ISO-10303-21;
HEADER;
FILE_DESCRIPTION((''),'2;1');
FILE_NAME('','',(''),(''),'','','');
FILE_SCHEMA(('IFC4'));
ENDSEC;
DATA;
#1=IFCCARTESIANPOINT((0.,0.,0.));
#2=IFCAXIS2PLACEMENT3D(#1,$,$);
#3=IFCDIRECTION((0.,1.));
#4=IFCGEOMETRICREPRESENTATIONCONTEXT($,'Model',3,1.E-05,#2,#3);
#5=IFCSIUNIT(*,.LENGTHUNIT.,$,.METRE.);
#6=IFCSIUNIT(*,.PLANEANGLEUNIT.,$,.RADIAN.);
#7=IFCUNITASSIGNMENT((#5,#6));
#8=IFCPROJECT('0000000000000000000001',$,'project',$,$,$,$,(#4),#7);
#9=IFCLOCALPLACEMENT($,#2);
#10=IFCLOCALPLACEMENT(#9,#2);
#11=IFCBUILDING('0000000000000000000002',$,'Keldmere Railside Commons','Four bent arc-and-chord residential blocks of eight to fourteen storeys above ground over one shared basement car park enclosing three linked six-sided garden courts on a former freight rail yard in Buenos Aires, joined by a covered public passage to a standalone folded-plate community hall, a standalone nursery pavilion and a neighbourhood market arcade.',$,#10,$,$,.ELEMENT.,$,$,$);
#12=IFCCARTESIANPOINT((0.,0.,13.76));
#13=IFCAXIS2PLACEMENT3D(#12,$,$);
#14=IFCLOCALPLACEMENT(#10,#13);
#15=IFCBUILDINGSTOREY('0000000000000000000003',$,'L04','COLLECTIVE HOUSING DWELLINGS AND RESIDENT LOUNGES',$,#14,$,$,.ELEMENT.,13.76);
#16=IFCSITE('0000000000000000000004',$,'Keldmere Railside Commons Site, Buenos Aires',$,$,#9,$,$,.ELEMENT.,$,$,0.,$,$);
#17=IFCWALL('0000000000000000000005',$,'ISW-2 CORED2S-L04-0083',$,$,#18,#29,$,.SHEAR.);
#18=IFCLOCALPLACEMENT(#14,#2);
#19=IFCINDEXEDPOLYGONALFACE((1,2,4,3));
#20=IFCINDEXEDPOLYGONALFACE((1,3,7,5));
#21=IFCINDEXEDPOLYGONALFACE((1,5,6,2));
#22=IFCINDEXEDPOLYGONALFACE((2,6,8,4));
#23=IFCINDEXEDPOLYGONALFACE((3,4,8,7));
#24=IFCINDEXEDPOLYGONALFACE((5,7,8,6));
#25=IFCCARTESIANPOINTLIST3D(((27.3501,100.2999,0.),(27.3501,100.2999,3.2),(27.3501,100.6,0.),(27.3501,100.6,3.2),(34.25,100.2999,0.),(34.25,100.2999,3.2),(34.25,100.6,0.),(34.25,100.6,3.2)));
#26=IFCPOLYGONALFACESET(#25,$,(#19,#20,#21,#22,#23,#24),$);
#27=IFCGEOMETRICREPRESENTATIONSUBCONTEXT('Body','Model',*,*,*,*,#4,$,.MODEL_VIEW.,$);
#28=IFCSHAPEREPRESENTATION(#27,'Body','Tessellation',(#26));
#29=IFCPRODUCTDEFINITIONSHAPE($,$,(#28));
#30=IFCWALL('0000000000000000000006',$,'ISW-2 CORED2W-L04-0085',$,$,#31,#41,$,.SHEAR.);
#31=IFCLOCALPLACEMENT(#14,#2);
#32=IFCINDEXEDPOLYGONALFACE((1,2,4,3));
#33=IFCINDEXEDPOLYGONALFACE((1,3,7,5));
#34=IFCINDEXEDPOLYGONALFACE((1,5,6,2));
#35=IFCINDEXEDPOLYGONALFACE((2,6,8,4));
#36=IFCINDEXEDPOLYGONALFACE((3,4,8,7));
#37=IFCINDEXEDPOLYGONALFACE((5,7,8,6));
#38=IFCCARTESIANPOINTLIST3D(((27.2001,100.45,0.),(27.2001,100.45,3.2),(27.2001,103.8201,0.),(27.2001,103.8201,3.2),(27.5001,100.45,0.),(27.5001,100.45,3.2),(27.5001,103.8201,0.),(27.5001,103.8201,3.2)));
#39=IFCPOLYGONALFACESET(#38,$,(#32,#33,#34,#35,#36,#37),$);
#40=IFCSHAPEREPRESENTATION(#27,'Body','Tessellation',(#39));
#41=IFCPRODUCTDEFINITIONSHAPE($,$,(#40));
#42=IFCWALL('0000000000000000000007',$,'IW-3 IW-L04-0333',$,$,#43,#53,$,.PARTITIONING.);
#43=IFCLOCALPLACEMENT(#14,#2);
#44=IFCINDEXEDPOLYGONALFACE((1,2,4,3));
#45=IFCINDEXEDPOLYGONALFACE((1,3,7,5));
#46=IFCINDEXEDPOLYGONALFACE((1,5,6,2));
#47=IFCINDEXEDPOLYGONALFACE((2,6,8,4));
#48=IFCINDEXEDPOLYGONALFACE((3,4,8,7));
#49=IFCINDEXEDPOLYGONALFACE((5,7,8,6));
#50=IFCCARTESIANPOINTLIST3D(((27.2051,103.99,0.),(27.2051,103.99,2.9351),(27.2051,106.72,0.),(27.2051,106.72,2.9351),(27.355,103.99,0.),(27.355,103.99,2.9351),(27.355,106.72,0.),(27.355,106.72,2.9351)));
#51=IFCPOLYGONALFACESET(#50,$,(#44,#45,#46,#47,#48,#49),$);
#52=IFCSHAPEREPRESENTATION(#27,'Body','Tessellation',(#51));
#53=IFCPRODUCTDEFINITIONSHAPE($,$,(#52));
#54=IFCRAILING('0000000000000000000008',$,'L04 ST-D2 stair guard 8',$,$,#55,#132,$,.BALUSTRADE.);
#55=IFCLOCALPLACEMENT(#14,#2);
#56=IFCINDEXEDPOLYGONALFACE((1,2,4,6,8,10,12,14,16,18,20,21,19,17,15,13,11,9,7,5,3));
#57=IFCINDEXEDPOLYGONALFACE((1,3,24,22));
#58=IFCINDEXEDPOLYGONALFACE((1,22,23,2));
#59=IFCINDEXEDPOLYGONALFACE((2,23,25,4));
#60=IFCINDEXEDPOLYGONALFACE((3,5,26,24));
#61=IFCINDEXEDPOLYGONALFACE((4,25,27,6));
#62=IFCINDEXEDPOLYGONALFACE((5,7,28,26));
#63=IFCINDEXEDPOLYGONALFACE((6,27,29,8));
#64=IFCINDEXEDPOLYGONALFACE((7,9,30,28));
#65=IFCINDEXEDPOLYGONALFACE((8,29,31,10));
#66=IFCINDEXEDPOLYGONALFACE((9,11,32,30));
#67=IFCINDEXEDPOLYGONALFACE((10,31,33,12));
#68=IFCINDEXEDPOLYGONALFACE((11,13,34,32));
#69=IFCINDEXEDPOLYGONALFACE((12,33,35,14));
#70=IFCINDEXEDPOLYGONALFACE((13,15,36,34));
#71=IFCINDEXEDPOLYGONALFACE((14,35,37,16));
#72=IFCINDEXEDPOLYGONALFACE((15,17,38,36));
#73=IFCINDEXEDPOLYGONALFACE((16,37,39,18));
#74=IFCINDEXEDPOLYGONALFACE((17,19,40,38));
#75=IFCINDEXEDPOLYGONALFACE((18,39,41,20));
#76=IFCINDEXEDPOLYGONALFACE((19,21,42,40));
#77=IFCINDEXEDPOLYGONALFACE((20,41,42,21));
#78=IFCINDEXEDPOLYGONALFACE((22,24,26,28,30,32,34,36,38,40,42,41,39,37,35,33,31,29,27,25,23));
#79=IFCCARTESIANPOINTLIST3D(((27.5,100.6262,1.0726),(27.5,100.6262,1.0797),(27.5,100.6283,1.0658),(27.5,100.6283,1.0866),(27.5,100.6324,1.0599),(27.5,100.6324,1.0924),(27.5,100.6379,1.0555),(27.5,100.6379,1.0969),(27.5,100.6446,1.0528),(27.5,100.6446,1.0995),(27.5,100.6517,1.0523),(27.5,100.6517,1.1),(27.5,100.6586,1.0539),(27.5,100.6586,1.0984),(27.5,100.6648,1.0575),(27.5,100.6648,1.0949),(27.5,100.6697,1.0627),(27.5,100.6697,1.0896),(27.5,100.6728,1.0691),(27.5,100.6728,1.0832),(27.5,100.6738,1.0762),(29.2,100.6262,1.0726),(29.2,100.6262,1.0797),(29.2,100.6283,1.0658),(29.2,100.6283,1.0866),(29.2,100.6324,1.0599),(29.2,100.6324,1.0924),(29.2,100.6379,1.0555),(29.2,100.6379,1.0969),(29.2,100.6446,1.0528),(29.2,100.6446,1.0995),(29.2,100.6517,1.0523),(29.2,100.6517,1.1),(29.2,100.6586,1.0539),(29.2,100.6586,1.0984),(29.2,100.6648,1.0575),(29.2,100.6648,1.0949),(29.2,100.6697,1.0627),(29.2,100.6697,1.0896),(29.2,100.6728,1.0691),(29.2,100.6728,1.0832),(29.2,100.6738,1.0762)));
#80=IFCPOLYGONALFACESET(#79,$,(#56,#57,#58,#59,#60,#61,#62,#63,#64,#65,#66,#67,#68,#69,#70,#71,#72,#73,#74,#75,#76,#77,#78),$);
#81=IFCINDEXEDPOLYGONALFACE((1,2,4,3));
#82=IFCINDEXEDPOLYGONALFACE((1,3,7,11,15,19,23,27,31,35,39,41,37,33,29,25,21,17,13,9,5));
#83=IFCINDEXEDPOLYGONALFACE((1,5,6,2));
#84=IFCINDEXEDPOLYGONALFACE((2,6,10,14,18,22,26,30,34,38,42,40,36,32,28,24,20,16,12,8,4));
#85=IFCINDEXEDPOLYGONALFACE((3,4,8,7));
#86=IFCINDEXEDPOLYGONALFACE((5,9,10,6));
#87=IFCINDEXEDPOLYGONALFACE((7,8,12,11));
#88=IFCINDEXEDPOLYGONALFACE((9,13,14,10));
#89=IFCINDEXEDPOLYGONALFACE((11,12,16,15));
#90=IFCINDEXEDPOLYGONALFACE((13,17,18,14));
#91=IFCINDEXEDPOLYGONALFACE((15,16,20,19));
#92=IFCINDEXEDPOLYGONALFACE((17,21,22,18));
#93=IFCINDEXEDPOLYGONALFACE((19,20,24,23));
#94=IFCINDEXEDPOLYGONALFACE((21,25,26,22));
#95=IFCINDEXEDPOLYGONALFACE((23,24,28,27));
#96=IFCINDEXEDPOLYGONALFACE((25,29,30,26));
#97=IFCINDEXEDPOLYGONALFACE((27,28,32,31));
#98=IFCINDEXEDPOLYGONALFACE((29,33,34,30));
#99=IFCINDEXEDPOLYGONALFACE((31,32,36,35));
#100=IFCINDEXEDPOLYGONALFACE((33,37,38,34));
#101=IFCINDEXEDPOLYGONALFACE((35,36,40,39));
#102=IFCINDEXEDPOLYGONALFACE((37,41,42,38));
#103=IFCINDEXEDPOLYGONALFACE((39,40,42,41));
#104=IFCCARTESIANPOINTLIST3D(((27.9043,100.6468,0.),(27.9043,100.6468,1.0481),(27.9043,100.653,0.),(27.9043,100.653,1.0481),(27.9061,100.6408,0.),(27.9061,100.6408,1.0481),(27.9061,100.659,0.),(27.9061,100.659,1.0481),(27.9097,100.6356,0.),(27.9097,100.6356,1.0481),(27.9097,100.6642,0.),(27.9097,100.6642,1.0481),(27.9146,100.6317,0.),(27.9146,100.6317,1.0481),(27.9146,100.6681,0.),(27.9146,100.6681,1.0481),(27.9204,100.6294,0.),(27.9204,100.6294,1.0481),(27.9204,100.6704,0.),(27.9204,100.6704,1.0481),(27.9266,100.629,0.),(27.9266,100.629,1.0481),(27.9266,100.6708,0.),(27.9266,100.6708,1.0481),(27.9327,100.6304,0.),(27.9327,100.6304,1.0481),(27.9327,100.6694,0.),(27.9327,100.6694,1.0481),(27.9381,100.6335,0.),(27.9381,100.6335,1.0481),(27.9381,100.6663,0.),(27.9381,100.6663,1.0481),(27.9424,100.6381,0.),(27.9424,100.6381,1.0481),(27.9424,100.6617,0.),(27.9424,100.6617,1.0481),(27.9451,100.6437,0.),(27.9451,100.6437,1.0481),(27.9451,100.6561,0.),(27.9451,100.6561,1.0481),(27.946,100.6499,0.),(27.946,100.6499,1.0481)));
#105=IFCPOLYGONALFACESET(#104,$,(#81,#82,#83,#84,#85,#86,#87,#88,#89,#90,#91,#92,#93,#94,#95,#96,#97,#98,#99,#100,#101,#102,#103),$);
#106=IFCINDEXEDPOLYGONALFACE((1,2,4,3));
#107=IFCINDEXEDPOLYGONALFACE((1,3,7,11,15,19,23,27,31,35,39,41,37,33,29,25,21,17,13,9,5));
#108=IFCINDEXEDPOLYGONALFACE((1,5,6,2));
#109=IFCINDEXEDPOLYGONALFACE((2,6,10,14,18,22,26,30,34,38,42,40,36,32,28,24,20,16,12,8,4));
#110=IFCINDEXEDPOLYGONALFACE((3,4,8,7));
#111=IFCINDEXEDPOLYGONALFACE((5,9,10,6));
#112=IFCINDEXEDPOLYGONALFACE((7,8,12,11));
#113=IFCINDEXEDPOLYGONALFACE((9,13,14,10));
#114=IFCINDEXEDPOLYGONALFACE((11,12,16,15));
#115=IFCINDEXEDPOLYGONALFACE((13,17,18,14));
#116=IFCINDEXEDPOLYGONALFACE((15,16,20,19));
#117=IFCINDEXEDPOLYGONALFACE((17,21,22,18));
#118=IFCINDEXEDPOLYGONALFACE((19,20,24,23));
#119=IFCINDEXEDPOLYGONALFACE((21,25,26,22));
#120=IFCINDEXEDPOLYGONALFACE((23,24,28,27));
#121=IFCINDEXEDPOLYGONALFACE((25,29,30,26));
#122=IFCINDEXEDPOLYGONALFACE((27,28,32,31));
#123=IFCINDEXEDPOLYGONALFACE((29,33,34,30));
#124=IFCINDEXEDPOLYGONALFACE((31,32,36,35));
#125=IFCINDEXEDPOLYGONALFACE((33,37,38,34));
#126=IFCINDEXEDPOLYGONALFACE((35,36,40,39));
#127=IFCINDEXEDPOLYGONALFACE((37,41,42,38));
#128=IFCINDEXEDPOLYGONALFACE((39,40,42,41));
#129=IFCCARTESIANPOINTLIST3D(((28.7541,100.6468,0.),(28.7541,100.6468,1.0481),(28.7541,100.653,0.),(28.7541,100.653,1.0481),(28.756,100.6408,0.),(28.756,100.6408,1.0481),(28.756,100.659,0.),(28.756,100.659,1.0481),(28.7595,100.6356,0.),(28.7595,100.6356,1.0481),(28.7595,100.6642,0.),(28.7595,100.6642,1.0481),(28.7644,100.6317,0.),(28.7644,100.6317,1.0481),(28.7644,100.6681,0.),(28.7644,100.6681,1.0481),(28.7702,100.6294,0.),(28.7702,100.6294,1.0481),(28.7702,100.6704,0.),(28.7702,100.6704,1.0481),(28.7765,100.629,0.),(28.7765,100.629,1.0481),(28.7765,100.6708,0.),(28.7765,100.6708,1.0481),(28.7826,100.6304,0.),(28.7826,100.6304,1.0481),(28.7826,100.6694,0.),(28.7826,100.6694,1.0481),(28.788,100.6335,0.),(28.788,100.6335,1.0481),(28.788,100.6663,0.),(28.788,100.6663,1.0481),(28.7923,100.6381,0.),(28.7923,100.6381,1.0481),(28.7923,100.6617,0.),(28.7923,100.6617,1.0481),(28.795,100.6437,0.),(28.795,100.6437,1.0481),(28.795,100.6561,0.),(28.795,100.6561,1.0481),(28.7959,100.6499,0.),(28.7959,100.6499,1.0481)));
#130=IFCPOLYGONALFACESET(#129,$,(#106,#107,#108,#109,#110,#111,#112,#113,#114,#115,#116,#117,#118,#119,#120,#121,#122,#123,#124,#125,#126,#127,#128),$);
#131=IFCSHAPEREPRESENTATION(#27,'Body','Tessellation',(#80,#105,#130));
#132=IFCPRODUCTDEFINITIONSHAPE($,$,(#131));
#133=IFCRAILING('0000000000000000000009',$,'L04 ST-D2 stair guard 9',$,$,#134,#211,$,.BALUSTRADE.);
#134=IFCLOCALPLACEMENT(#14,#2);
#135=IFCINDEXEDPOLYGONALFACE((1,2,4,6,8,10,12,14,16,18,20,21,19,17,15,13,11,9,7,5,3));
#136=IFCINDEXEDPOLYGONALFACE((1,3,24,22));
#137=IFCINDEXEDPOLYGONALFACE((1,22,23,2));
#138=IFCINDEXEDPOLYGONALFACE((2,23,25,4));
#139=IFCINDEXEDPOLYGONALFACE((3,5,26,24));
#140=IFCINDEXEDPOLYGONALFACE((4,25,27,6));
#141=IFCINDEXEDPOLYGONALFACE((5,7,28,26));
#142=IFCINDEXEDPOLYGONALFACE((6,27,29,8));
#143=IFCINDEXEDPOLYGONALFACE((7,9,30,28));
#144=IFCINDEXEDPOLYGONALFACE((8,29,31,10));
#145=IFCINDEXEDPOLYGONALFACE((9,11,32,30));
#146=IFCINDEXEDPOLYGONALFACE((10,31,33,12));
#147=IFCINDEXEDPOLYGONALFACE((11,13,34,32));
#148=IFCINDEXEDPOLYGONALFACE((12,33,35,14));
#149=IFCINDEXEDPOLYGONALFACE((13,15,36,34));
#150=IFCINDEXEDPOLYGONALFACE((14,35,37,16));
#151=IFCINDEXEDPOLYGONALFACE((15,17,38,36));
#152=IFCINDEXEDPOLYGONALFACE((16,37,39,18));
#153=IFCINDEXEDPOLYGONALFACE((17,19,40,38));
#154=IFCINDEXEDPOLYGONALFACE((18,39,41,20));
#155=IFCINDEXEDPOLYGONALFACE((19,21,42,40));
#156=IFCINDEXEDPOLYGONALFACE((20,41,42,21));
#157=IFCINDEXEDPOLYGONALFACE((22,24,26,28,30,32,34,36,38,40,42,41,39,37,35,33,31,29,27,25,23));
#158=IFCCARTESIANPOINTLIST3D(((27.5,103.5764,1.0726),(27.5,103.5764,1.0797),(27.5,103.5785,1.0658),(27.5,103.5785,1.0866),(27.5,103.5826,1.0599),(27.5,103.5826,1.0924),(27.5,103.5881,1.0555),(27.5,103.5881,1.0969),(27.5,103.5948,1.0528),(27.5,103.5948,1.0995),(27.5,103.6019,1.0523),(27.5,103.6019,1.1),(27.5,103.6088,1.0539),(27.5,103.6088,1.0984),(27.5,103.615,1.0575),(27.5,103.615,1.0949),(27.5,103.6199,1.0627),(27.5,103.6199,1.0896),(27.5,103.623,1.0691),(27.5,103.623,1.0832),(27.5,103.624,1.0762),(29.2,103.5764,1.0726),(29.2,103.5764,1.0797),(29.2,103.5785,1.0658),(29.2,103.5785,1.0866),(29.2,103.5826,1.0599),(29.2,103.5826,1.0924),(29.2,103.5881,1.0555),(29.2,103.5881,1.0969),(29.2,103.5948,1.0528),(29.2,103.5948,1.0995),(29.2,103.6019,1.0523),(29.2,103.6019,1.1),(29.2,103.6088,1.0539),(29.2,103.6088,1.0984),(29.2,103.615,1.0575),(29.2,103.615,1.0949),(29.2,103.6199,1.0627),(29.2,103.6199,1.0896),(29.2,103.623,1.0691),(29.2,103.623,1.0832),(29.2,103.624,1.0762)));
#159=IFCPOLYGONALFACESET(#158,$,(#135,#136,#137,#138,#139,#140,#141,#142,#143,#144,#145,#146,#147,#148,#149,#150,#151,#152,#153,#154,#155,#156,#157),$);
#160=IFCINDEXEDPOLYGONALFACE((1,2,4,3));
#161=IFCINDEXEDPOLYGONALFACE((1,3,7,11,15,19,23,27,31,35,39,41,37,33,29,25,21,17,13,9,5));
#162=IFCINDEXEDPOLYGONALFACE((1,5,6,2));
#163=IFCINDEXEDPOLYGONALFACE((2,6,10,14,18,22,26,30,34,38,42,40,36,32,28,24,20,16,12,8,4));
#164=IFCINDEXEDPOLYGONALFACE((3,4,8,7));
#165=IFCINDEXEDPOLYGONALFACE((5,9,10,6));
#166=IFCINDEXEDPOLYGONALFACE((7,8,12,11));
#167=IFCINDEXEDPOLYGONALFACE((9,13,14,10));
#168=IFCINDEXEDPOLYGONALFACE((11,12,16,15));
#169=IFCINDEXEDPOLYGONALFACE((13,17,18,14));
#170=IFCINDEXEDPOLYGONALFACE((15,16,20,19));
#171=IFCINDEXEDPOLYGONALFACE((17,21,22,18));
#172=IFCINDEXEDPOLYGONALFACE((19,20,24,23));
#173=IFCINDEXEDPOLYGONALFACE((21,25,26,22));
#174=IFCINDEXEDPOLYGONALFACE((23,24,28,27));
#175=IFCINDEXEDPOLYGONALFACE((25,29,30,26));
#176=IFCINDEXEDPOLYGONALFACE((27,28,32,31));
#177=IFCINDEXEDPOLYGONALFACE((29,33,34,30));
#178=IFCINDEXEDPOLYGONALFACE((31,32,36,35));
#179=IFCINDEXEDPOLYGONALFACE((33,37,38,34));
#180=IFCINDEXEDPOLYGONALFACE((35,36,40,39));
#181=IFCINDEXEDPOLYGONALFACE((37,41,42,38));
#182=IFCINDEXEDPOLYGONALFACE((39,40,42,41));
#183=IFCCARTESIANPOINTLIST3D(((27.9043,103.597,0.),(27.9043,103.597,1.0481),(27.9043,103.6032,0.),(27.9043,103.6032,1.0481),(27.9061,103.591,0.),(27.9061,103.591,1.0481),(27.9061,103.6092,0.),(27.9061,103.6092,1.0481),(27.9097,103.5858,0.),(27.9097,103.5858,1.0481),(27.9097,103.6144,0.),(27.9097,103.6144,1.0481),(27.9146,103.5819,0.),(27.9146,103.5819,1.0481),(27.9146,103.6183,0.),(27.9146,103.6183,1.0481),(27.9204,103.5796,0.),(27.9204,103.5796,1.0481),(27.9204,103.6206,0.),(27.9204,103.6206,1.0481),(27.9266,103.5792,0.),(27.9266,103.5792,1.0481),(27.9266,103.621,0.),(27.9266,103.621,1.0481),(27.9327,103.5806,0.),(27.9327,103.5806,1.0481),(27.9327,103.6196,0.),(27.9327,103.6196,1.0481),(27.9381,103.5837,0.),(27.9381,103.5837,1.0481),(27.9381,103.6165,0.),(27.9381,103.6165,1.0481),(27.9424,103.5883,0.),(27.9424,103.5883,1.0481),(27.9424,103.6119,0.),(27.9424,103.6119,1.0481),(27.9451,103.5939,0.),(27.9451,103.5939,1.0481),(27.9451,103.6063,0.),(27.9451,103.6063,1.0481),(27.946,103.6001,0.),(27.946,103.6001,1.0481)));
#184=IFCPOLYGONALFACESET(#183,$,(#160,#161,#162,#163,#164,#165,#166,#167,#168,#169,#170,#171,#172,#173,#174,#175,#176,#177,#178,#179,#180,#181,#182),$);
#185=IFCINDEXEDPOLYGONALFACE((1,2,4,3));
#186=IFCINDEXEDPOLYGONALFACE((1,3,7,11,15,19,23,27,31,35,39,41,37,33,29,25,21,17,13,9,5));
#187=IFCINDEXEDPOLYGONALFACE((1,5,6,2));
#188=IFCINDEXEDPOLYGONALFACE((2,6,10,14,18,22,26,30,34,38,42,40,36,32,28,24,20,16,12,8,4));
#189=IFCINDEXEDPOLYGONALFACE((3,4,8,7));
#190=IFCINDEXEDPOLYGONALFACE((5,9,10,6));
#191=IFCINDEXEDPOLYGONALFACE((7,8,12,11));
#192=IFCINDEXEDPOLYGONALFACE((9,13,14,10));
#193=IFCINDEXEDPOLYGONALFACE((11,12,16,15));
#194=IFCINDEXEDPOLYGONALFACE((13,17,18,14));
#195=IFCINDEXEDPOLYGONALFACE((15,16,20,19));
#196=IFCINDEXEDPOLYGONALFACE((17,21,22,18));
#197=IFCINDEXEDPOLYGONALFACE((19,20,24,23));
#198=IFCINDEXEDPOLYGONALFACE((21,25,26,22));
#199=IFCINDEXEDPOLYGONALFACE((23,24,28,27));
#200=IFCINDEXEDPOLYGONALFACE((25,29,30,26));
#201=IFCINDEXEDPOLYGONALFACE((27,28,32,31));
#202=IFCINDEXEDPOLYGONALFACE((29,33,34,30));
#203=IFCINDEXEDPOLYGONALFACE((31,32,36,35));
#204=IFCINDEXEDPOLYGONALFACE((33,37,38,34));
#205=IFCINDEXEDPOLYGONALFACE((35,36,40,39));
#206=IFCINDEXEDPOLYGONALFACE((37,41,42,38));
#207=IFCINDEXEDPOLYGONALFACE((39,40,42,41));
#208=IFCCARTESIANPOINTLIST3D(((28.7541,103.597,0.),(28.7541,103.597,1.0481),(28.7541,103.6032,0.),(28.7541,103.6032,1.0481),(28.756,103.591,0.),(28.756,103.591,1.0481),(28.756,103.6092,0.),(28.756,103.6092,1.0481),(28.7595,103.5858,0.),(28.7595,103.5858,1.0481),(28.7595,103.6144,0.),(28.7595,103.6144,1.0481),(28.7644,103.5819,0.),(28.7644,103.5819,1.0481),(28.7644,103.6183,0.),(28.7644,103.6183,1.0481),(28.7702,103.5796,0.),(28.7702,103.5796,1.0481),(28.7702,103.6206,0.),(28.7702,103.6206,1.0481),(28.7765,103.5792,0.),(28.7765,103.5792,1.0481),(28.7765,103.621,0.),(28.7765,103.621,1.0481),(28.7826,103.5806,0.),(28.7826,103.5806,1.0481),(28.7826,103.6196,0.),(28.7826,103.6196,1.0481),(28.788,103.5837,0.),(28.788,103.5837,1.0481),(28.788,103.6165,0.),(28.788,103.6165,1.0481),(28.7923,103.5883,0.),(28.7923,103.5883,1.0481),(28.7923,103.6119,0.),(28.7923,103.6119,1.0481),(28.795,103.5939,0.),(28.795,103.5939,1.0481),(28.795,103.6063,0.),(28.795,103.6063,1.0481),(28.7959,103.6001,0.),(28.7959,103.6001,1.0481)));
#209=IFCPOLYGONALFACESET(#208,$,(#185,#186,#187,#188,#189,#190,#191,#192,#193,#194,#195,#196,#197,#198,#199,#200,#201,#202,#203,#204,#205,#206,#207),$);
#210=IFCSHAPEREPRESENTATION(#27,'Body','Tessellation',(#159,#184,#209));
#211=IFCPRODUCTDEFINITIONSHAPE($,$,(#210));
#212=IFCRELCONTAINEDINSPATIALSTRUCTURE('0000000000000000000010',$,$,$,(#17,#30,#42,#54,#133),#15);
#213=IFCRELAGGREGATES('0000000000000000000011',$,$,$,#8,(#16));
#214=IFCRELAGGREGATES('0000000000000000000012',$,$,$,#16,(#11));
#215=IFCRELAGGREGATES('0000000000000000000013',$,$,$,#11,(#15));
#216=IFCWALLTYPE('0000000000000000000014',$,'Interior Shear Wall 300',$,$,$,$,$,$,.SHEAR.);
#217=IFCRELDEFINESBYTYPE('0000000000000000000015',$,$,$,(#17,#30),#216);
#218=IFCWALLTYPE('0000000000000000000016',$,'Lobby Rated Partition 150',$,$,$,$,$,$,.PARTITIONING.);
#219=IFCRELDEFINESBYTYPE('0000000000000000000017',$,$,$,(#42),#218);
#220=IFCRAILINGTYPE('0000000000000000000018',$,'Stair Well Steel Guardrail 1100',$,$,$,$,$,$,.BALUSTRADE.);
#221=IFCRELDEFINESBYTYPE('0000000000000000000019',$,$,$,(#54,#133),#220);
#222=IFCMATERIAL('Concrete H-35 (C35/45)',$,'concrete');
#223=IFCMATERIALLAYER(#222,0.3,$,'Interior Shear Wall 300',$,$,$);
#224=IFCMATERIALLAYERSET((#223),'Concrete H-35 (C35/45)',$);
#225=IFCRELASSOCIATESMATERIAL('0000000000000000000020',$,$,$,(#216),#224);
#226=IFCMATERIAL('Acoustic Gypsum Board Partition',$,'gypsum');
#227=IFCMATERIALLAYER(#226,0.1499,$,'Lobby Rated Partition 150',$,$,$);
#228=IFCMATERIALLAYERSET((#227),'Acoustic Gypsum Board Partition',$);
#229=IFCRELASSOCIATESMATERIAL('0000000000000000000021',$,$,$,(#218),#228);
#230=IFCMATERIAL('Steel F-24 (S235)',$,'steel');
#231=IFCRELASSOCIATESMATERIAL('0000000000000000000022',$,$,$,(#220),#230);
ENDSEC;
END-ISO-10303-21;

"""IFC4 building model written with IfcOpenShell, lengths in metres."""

from ifc_helpers import new_model, si_unit, direction, frame, frame_2d, origin, origin_2d, place, context, subcontext, project, spatial, rectangle, circle, extrude, material, layer, layer_set, type_object, element, save


model = new_model("IFC4")

# Units and contexts
model_context = context("Model", 3, precision=1e-05, world=origin(), true_north=direction((0.0, 1.0)))
body_context = subcontext(model_context, "Body", "Model", "MODEL_VIEW")
ifc_project = project(units=[si_unit("LENGTHUNIT", "METRE"), si_unit("PLANEANGLEUNIT", "RADIAN")], contexts=[model_context])

# Site, building, storey
site_placement = place(None, origin())
site = spatial("IfcSite", under=ifc_project, at=site_placement, Name="Keldmere Railside Commons Site, Buenos Aires", CompositionType="ELEMENT", RefElevation=0.0)
building_placement = place(site_placement, origin())
building = spatial("IfcBuilding", under=site, at=building_placement, Name="Keldmere Railside Commons", Description="Four bent arc-and-chord residential blocks of eight to fourteen storeys above ground over one shared basement car park enclosing three linked six-sided garden courts on a former freight rail yard in Buenos Aires, joined by a covered public passage to a standalone folded-plate community hall, a standalone nursery pavilion and a neighbourhood market arcade.", CompositionType="ELEMENT")
storey_placement = place(building_placement, frame((0.0, 0.0, 13.76)))
storey = spatial("IfcBuildingStorey", under=building, at=storey_placement, Name="L04", Description="COLLECTIVE HOUSING DWELLINGS AND RESIDENT LOUNGES", CompositionType="ELEMENT", Elevation=13.76)

# Shared definitions
ifc_material_1 = material(Name="Concrete H-35 (C35/45)", Category="concrete")

# Walls
ifc_material_2 = material(Name="Acoustic Gypsum Board Partition", Category="gypsum")
ifc_layer_1 = layer(ifc_material_1, 0.3, Name="Interior Shear Wall 300")
ifc_layer_set_1 = layer_set([ifc_layer_1], Name="Concrete H-35 (C35/45)")
wall_type_1 = type_object("IfcWallType", Name="Interior Shear Wall 300", PredefinedType="SHEAR", material=ifc_layer_set_1)
wall_1_placement = place(storey_placement, frame((27.3501, 100.45, 0.0), z_axis=(0.0, 0.0, 1.0), x_axis=(1.0, 0.0, 0.0)))
element("IfcWall", 1, at=wall_1_placement, inside=storey, type_object=wall_type_1, Name="ISW-2 CORED2S-L04-0083", PredefinedType="SHEAR", context=body_context, shape_type="SweptSolid", body=[
    extrude(rectangle(XDim=6.8999, YDim=0.3, at=frame_2d((3.45, 0.0))), origin(), (0.0, 0.0, 1.0), 3.2),
])
wall_2_placement = place(storey_placement, frame((27.3501, 103.8201, 0.0), z_axis=(0.0, 0.0, 1.0), x_axis=(0.0, -1.0, 0.0)))
element("IfcWall", 2, at=wall_2_placement, inside=storey, type_object=wall_type_1, Name="ISW-2 CORED2W-L04-0085", PredefinedType="SHEAR", context=body_context, shape_type="SweptSolid", body=[
    extrude(rectangle(XDim=3.3701, YDim=0.3, at=frame_2d((1.6851, 0.0))), origin(), (0.0, 0.0, 1.0), 3.2),
])
ifc_layer_2 = layer(ifc_material_2, 0.1499, Name="Lobby Rated Partition 150")
ifc_layer_set_2 = layer_set([ifc_layer_2], Name="Acoustic Gypsum Board Partition")
wall_type_2 = type_object("IfcWallType", Name="Lobby Rated Partition 150", PredefinedType="PARTITIONING", material=ifc_layer_set_2)
wall_3_placement = place(storey_placement, frame((27.28, 103.99, 0.0), z_axis=(0.0, 0.0, 1.0), x_axis=(0.0, 1.0, 0.0)))
element("IfcWall", 3, at=wall_3_placement, inside=storey, type_object=wall_type_2, Name="IW-3 IW-L04-0333", PredefinedType="PARTITIONING", context=body_context, shape_type="SweptSolid", body=[
    extrude(rectangle(XDim=2.73, YDim=0.1499, at=frame_2d((1.365, 0.0))), origin(), (0.0, 0.0, 1.0), 2.9351),
])

# Railings
ifc_material_3 = material(Name="Steel F-24 (S235)", Category="steel")
railing_type = type_object("IfcRailingType", Name="Stair Well Steel Guardrail 1100", PredefinedType="BALUSTRADE", material=ifc_material_3)
for number, where, name in (
    (4, (27.5, 100.6499, 0.0), "L04 ST-D2 stair guard 8"),
    (5, (27.5, 103.6001, 0.0), "L04 ST-D2 stair guard 9"),
):
    element("IfcRailing", number, at=place(storey_placement, frame(where)), inside=storey, type_object=railing_type, Name=name, PredefinedType="BALUSTRADE", context=body_context, shape_type="SweptSolid", body=[
        extrude(circle(Radius=0.0239, at=origin_2d()), frame((0.0, 0.0, 1.0762), z_axis=(1.0, 0.0, 0.0), x_axis=(0.0, 1.0, 0.0)), (0.0, 0.0, 1.0), 1.7),
        extrude(circle(Radius=0.021, at=origin_2d()), frame((0.425, 0.0, 0.0)), (0.0, 0.0, 1.0), 1.0481),
        extrude(circle(Radius=0.021, at=origin_2d()), frame((1.2749, 0.0, 0.0)), (0.0, 0.0, 1.0), 1.0481),
    ])

save(model, "model.ifc")
